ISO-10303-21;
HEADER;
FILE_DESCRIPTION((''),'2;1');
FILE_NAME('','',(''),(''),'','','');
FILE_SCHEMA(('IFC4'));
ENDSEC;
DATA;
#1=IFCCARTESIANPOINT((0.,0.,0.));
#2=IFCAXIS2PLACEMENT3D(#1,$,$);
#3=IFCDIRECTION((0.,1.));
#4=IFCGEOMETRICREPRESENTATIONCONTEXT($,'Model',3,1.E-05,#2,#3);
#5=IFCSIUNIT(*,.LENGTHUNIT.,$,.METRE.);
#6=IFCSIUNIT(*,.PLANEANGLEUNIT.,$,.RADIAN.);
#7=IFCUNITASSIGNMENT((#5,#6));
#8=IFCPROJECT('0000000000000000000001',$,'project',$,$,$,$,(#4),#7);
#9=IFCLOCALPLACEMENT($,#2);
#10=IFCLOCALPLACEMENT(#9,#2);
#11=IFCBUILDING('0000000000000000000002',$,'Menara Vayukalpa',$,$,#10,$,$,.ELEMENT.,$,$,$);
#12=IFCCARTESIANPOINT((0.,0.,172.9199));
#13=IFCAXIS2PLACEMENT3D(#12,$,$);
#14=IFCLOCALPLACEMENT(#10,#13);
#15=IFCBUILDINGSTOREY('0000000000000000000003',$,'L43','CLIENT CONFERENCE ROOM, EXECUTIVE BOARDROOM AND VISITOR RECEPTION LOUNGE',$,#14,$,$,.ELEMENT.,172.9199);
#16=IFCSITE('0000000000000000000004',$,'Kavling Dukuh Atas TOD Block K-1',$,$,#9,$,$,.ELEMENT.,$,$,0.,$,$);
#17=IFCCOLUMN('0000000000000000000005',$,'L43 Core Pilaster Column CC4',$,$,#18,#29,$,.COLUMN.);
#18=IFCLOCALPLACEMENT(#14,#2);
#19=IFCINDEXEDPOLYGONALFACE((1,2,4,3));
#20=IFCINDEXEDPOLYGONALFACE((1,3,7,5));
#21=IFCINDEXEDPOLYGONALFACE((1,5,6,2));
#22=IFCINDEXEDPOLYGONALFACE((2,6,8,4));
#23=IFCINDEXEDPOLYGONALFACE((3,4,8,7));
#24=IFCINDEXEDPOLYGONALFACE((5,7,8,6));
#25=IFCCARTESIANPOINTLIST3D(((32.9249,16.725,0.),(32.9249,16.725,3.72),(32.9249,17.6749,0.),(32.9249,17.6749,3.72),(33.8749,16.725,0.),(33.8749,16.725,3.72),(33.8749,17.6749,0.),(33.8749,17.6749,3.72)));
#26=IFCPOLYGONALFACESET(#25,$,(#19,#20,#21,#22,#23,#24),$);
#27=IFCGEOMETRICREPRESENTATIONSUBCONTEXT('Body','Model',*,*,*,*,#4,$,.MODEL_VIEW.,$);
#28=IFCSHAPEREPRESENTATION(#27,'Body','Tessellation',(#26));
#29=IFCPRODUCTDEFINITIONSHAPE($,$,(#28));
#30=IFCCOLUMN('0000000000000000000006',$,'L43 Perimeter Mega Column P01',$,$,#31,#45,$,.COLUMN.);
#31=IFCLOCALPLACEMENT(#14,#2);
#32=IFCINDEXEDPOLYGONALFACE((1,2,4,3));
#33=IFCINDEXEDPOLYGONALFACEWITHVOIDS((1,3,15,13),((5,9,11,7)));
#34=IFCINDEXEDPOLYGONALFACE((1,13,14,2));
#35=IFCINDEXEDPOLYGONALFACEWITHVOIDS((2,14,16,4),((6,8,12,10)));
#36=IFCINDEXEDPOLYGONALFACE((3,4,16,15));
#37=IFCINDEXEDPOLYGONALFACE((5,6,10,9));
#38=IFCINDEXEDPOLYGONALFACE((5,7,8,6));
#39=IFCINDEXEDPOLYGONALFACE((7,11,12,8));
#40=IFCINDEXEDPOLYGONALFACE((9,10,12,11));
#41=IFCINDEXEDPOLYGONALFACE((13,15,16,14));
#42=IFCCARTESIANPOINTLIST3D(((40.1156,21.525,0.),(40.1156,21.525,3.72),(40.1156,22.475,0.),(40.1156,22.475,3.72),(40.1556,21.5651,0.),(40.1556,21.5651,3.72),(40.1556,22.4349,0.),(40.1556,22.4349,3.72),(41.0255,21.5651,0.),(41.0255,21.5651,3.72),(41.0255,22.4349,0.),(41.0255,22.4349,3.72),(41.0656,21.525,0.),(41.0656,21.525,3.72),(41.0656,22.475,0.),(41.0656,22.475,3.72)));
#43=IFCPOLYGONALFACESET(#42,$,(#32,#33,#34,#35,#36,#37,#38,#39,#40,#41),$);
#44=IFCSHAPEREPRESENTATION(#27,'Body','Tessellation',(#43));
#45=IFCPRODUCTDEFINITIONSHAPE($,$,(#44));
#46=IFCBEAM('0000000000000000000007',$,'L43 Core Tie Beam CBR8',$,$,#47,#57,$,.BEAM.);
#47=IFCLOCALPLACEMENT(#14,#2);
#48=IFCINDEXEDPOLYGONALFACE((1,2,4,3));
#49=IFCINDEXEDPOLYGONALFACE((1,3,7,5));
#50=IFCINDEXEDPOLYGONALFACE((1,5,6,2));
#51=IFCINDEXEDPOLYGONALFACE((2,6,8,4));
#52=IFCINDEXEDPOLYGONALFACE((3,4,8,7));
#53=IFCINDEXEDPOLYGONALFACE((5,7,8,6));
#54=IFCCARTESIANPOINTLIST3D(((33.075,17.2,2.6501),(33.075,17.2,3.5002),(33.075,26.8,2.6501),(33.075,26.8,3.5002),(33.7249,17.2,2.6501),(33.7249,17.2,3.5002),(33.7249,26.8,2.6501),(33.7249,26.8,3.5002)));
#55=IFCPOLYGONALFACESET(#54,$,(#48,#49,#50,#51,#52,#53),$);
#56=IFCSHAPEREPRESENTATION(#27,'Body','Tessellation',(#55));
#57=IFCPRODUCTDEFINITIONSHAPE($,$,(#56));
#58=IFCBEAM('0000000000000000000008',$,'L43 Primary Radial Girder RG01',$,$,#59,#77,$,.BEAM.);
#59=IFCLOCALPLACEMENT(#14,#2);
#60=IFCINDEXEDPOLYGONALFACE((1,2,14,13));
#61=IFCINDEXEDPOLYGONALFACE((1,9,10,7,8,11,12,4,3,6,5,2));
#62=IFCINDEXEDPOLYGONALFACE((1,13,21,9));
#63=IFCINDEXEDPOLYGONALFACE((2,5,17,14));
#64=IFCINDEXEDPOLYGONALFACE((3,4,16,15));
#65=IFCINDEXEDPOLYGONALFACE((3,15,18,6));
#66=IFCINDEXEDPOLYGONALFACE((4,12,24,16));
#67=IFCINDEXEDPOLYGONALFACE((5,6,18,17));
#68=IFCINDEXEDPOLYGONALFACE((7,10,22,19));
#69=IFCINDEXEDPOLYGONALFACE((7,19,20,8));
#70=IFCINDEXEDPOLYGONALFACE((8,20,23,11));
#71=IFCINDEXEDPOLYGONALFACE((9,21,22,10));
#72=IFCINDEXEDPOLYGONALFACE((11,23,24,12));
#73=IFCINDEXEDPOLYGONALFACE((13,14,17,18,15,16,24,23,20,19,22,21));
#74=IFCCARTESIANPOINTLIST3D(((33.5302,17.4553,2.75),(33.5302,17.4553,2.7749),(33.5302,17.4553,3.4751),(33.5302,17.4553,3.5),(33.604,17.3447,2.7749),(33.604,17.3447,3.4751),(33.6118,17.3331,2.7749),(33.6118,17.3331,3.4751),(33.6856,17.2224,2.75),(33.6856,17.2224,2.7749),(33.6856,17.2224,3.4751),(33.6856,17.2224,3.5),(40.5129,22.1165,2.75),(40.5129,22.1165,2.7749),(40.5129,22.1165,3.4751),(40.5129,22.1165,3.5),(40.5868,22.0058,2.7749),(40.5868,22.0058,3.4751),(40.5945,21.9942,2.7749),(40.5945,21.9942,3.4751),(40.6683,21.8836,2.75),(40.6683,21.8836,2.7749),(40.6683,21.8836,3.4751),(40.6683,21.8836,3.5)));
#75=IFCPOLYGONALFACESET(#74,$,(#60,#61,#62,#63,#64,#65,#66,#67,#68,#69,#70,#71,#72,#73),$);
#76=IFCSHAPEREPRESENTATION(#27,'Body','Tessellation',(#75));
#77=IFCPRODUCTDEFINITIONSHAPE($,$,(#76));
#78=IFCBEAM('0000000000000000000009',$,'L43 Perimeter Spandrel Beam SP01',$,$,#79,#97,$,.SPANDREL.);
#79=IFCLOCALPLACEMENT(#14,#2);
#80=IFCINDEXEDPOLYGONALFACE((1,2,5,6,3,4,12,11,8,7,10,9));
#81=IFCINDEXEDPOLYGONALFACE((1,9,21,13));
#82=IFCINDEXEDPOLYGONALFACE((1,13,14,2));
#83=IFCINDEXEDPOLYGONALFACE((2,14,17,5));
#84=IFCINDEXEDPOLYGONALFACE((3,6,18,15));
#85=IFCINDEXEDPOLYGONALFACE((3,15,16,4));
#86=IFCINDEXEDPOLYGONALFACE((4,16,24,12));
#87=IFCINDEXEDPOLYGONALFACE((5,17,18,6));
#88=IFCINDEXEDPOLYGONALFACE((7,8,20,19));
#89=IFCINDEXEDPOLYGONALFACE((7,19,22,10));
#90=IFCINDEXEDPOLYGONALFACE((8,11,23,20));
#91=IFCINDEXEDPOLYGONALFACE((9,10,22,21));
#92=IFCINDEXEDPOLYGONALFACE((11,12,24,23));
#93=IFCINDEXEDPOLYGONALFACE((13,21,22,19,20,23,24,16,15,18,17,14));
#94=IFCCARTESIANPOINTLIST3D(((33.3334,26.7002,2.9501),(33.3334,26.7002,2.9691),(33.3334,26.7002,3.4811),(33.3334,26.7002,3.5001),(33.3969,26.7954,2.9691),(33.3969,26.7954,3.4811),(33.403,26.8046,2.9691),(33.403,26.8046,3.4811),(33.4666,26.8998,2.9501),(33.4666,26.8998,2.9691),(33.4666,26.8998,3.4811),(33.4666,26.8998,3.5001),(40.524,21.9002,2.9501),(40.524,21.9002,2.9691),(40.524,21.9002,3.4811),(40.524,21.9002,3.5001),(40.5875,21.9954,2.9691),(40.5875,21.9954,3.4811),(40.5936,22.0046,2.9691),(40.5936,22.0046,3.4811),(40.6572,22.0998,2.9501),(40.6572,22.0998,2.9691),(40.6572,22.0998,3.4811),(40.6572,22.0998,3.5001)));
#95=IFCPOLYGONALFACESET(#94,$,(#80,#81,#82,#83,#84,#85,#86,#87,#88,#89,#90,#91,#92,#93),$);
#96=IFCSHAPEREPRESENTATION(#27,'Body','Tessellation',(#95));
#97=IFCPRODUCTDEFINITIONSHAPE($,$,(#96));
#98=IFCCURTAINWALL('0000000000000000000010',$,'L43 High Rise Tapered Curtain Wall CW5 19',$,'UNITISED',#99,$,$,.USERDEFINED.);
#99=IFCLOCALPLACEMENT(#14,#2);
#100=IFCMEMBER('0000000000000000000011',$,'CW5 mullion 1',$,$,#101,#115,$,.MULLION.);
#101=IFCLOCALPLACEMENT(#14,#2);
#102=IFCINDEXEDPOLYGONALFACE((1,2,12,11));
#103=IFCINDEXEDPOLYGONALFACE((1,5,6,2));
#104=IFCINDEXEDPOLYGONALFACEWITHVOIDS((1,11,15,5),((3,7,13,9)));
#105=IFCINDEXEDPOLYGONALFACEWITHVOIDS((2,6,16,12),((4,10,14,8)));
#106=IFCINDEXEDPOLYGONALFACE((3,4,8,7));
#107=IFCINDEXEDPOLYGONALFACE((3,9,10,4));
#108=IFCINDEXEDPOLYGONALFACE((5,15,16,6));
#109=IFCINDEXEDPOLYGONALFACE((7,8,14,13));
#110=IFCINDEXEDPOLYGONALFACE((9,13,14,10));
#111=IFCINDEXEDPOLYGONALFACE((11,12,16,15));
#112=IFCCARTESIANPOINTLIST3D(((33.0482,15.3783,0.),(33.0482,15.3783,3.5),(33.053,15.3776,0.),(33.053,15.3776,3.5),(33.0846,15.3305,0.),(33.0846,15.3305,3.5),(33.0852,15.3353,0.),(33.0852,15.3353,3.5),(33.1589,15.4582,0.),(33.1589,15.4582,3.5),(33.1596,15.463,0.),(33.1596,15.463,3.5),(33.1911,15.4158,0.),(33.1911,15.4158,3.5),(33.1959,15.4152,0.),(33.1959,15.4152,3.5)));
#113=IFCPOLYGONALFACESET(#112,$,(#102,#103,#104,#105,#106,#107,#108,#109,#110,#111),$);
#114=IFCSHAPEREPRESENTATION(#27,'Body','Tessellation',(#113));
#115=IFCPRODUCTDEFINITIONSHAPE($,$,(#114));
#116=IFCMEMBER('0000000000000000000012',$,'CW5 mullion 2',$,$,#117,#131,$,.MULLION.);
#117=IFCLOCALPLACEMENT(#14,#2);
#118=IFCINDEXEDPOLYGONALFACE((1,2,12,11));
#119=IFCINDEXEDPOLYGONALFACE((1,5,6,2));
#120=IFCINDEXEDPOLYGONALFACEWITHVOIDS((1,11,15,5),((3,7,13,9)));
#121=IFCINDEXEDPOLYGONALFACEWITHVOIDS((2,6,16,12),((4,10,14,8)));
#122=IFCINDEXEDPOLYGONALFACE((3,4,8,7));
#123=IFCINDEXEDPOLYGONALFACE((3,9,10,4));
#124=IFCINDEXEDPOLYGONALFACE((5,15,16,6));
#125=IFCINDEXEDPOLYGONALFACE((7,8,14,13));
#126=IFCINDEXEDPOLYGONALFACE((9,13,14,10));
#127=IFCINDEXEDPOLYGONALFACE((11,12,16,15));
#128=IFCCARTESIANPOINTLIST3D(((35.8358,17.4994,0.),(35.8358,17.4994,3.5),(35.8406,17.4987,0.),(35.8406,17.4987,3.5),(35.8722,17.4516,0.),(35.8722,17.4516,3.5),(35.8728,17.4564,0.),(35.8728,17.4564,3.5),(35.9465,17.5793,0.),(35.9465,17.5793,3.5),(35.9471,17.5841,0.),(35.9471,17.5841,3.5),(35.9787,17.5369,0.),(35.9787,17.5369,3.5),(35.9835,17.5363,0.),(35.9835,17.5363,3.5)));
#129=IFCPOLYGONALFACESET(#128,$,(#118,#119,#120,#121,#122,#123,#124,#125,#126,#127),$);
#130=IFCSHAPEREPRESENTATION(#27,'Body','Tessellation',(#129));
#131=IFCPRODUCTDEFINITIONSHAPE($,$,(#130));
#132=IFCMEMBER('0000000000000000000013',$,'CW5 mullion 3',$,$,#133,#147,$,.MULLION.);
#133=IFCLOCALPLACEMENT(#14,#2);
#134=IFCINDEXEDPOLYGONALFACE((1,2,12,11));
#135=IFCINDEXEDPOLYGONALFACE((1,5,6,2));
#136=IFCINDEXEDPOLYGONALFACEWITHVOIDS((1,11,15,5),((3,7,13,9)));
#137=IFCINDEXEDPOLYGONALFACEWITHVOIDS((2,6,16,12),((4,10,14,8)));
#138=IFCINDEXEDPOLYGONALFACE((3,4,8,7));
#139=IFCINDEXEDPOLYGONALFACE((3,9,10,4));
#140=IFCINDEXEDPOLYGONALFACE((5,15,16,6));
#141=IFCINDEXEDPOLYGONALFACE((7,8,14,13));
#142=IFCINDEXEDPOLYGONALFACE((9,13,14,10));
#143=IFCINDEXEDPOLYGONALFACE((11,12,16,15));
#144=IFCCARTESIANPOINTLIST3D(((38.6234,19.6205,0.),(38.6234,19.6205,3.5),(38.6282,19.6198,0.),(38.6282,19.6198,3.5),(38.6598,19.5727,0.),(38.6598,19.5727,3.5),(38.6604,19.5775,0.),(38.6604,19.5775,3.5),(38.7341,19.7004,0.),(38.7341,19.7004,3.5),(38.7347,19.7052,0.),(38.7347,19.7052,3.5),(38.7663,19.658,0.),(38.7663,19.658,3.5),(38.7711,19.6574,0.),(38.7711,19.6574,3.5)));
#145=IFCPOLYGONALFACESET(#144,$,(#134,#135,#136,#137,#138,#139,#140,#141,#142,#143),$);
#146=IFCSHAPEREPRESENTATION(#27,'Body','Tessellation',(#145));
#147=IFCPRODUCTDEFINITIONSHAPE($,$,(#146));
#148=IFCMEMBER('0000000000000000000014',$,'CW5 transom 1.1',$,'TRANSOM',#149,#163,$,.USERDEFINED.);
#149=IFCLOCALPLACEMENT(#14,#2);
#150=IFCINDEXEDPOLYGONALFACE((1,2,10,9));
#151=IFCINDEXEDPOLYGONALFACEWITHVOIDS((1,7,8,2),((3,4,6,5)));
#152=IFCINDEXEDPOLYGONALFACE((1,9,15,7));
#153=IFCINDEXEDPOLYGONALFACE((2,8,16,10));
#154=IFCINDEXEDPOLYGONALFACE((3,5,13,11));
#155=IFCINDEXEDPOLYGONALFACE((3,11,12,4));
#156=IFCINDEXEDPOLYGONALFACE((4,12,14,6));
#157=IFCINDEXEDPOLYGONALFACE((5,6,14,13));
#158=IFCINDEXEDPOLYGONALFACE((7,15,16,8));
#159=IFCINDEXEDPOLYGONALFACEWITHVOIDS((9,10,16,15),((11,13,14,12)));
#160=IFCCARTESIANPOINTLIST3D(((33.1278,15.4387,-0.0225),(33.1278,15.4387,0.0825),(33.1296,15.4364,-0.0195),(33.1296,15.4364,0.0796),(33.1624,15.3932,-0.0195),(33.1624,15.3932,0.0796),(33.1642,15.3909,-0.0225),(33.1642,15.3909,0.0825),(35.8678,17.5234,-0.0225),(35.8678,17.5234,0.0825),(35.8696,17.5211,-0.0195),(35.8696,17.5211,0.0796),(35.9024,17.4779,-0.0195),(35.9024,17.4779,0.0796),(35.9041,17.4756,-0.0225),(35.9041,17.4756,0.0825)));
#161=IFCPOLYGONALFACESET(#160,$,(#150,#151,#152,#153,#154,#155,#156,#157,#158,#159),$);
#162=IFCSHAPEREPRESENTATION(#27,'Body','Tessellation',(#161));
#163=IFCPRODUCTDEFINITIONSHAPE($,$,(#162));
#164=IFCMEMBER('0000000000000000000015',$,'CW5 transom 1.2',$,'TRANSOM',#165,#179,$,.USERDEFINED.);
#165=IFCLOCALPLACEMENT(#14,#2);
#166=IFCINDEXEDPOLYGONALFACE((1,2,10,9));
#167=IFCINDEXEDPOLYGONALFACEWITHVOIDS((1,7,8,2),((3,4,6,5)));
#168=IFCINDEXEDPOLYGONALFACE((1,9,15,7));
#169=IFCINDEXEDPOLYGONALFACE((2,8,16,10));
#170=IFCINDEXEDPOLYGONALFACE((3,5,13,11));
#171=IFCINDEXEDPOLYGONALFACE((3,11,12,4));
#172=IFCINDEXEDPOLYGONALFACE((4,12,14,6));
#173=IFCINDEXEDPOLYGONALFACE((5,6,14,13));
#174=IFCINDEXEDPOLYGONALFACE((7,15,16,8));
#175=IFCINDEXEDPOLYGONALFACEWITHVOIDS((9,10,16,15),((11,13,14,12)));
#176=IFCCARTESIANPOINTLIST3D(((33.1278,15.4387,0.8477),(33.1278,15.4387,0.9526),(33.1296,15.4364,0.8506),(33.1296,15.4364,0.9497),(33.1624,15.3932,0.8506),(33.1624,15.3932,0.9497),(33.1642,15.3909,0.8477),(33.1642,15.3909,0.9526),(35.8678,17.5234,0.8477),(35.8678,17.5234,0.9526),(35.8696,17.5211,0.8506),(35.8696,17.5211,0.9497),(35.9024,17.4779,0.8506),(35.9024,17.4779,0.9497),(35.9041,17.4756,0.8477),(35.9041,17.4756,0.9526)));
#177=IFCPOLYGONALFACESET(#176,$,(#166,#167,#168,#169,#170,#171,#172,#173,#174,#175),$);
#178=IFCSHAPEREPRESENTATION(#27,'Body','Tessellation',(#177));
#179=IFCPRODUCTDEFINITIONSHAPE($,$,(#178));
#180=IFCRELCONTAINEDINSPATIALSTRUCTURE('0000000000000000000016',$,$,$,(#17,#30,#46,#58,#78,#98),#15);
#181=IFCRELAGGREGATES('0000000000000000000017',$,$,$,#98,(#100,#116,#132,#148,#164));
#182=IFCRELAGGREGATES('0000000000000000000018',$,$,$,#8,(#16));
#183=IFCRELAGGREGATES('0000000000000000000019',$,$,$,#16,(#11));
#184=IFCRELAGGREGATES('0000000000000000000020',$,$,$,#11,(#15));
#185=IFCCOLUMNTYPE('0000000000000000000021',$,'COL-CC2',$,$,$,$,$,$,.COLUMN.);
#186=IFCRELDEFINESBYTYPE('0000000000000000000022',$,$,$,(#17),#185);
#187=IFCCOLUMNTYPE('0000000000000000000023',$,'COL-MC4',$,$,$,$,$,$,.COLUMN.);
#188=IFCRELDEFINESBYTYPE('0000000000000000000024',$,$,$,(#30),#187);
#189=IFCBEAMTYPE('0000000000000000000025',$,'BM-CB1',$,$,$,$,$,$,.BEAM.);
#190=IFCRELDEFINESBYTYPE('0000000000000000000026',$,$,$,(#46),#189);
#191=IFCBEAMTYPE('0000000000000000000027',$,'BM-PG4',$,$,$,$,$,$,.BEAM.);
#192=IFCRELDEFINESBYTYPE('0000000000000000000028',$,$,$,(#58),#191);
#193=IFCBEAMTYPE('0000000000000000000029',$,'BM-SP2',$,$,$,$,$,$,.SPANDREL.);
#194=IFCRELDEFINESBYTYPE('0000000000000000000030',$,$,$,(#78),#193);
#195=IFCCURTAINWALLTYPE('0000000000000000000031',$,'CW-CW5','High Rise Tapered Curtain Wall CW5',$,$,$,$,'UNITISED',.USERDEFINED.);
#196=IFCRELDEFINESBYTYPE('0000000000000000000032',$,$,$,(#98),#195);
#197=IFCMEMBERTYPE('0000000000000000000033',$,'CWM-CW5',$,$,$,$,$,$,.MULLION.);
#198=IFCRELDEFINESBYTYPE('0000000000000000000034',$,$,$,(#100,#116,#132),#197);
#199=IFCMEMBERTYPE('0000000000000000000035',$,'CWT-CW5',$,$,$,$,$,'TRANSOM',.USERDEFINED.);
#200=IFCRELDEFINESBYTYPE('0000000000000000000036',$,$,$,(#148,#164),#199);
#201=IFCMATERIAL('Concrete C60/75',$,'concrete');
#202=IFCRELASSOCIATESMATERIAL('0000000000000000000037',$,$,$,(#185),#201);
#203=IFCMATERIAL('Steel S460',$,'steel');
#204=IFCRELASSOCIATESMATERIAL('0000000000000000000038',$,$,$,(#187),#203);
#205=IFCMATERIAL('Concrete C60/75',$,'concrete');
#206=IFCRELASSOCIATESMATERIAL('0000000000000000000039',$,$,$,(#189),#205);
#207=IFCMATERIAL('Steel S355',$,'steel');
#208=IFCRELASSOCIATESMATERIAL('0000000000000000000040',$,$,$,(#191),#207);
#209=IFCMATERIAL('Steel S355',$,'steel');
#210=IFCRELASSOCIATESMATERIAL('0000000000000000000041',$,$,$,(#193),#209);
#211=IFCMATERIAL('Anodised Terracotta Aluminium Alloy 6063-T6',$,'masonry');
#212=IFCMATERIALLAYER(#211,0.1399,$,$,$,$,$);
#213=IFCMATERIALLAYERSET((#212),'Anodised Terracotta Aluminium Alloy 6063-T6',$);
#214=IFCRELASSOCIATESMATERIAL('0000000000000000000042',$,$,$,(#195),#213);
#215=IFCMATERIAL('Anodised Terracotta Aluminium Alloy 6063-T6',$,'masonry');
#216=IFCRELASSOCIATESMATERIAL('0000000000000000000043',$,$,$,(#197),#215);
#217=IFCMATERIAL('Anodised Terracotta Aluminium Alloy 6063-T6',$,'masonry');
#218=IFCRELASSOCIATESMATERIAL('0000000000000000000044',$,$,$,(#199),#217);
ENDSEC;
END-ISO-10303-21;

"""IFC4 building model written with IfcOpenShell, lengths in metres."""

from ifc_helpers import new_model, si_unit, direction, frame, origin, origin_2d, place, context, subcontext, project, spatial, rectangle, hollow_rectangle, i_section, extrude, material, layer, layer_set, material_profile, profile_set, type_object, element, aggregate, save


model = new_model("IFC4")

# Units and contexts
model_context = context("Model", 3, precision=1e-05, world=origin(), true_north=direction((0.0, 1.0)))
body_context = subcontext(model_context, "Body", "Model", "MODEL_VIEW")
ifc_project = project(units=[si_unit("LENGTHUNIT", "METRE"), si_unit("PLANEANGLEUNIT", "RADIAN")], contexts=[model_context])

# Site, building, storey
site_placement = place(None, origin())
site = spatial("IfcSite", under=ifc_project, at=site_placement, Name="Kavling Dukuh Atas TOD Block K-1", CompositionType="ELEMENT", RefElevation=0.0)
building_placement = place(site_placement, origin())
building = spatial("IfcBuilding", under=site, at=building_placement, Name="Menara Vayukalpa", CompositionType="ELEMENT")
storey_placement = place(building_placement, frame((0.0, 0.0, 172.9199)))
storey = spatial("IfcBuildingStorey", under=building, at=storey_placement, Name="L43", Description="CLIENT CONFERENCE ROOM, EXECUTIVE BOARDROOM AND VISITOR RECEPTION LOUNGE", CompositionType="ELEMENT", Elevation=172.9199)

# Columns
ifc_material_1 = material(Name="Concrete C60/75", Category="concrete")
ifc_material_profile_1 = material_profile(ifc_material_1, rectangle(XDim=0.95, YDim=0.95, at=origin_2d()), Name="RC 950x950")
ifc_profile_set_1 = profile_set([ifc_material_profile_1], Name="Concrete C60/75")
column_type_1 = type_object("IfcColumnType", Name="COL-CC2", PredefinedType="COLUMN", material=ifc_profile_set_1)
column_1_placement = place(storey_placement, frame((33.3999, 17.2, 0.0), z_axis=(0.0, 0.0, 1.0), x_axis=(1.0, 0.0, 0.0)))
element("IfcColumn", 1, at=column_1_placement, inside=storey, type_object=column_type_1, Name="L43 Core Pilaster Column CC4", PredefinedType="COLUMN", context=body_context, shape_type="SweptSolid", body=[
    extrude(rectangle(XDim=0.95, YDim=0.95, at=origin_2d()), origin(), (0.0, 0.0, 1.0), 3.72),
])
ifc_material_2 = material(Name="Steel S460", Category="steel")
ifc_material_profile_2 = material_profile(ifc_material_2, hollow_rectangle(XDim=0.95, YDim=0.95, WallThickness=0.04, at=origin_2d()), Name="BOX 950x950x40")
ifc_profile_set_2 = profile_set([ifc_material_profile_2], Name="Steel S460")
column_type_2 = type_object("IfcColumnType", Name="COL-MC4", PredefinedType="COLUMN", material=ifc_profile_set_2)
column_2_placement = place(storey_placement, frame((40.5906, 22.0, 0.0), z_axis=(0.0, 0.0, 1.0), x_axis=(1.0, 0.0, 0.0)))
element("IfcColumn", 2, at=column_2_placement, inside=storey, type_object=column_type_2, Name="L43 Perimeter Mega Column P01", PredefinedType="COLUMN", context=body_context, shape_type="SweptSolid", body=[
    extrude(hollow_rectangle(XDim=0.95, YDim=0.95, WallThickness=0.04, at=origin_2d()), origin(), (0.0, 0.0, 1.0), 3.72),
])

# Beams
ifc_material_3 = material(Name="Concrete C60/75", Category="concrete")
ifc_material_profile_3 = material_profile(ifc_material_3, rectangle(XDim=0.6499, YDim=0.8501, at=origin_2d()), Name="RC 650x850")
ifc_profile_set_3 = profile_set([ifc_material_profile_3], Name="Concrete C60/75")
beam_type_1 = type_object("IfcBeamType", Name="BM-CB1", PredefinedType="BEAM", material=ifc_profile_set_3)
beam_1_placement = place(storey_placement, frame((33.3999, 17.2, 3.0752), z_axis=(0.0, 1.0, 0.0), x_axis=(-1.0, 0.0, 0.0)))
element("IfcBeam", 3, at=beam_1_placement, inside=storey, type_object=beam_type_1, Name="L43 Core Tie Beam CBR8", PredefinedType="BEAM", context=body_context, shape_type="SweptSolid", body=[
    extrude(rectangle(XDim=0.6499, YDim=0.8501, at=origin_2d()), origin(), (0.0, 0.0, 1.0), 9.6001),
])
ifc_material_4 = material(Name="Steel S355", Category="steel")
ifc_material_profile_4 = material_profile(ifc_material_4, i_section(OverallWidth=0.28, OverallDepth=0.75, WebThickness=0.0139, FlangeThickness=0.0249, at=origin_2d()), Name="WF 750x280x14x25")
ifc_profile_set_4 = profile_set([ifc_material_profile_4], Name="Steel S355")
beam_type_2 = type_object("IfcBeamType", Name="BM-PG4", PredefinedType="BEAM", material=ifc_profile_set_4)
beam_2_placement = place(storey_placement, frame((33.6079, 17.3389, 3.125), z_axis=(0.831719, 0.555197, 0.0), x_axis=(-0.555197, 0.831719, 0.0)))
element("IfcBeam", 4, at=beam_2_placement, inside=storey, type_object=beam_type_2, Name="L43 Primary Radial Girder RG01", PredefinedType="BEAM", context=body_context, shape_type="SweptSolid", body=[
    extrude(i_section(OverallWidth=0.28, OverallDepth=0.75, WebThickness=0.0139, FlangeThickness=0.0249, at=origin_2d()), origin(), (0.0, 0.0, 1.0), 8.3955),
])
ifc_material_5 = material(Name="Steel S355", Category="steel")
ifc_material_profile_5 = material_profile(ifc_material_5, i_section(OverallWidth=0.24, OverallDepth=0.55, WebThickness=0.011, FlangeThickness=0.019, at=origin_2d()), Name="WF 550x240x11x19")
ifc_profile_set_5 = profile_set([ifc_material_profile_5], Name="Steel S355")
beam_type_3 = type_object("IfcBeamType", Name="BM-SP2", PredefinedType="SPANDREL", material=ifc_profile_set_5)
beam_3_placement = place(storey_placement, frame((40.5906, 22.0, 3.2251), z_axis=(-0.831716, 0.555202, 0.0), x_axis=(-0.555202, -0.831716, 0.0)))
element("IfcBeam", 5, at=beam_3_placement, inside=storey, type_object=beam_type_3, Name="L43 Perimeter Spandrel Beam SP01", PredefinedType="SPANDREL", context=body_context, shape_type="SweptSolid", body=[
    extrude(i_section(OverallWidth=0.24, OverallDepth=0.55, WebThickness=0.011, FlangeThickness=0.019, at=origin_2d()), origin(), (0.0, 0.0, 1.0), 8.6455),
])

# Curtain wall, members
ifc_material_6 = material(Name="Anodised Terracotta Aluminium Alloy 6063-T6", Category="masonry")
ifc_layer_1 = layer(ifc_material_6, 0.1399)
ifc_layer_set_1 = layer_set([ifc_layer_1], Name="Anodised Terracotta Aluminium Alloy 6063-T6")
curtain_wall_type = type_object("IfcCurtainWallType", Name="CW-CW5", Description="High Rise Tapered Curtain Wall CW5", ElementType="UNITISED", PredefinedType="USERDEFINED", material=ifc_layer_set_1)
curtain_wall_placement = place(storey_placement, origin())
curtain_wall = element("IfcCurtainWall", 6, at=curtain_wall_placement, inside=storey, type_object=curtain_wall_type, Name="L43 High Rise Tapered Curtain Wall CW5 19", ObjectType="UNITISED", PredefinedType="USERDEFINED")
ifc_material_7 = material(Name="Anodised Terracotta Aluminium Alloy 6063-T6", Category="masonry")
ifc_material_profile_6 = material_profile(ifc_material_7, hollow_rectangle(XDim=0.0601, YDim=0.1399, WallThickness=0.0034, at=origin_2d()), Name="ALU 60x140x3.5")
ifc_profile_set_6 = profile_set([ifc_material_profile_6], Name="Anodised Terracotta Aluminium Alloy 6063-T6")
member_type_1 = type_object("IfcMemberType", Name="CWM-CW5", PredefinedType="MULLION", material=ifc_profile_set_6)
member_1_placement = place(storey_placement, frame((33.1221, 15.3967, 0.0), z_axis=(0.0, 0.0, 1.0), x_axis=(-0.60554, 0.795815, 0.0)))
member_1 = element("IfcMember", 7, at=member_1_placement, type_object=member_type_1, Name="CW5 mullion 1", PredefinedType="MULLION", context=body_context, shape_type="SweptSolid", body=[
    extrude(hollow_rectangle(XDim=0.0601, YDim=0.1399, WallThickness=0.0034, at=origin_2d()), origin(), (0.0, 0.0, 1.0), 3.5),
])
member_2_placement = place(storey_placement, frame((35.9097, 17.5178, 0.0), z_axis=(0.0, 0.0, 1.0), x_axis=(-0.60554, 0.795815, 0.0)))
member_2 = element("IfcMember", 8, at=member_2_placement, type_object=member_type_1, Name="CW5 mullion 2", PredefinedType="MULLION", context=body_context, shape_type="SweptSolid", body=[
    extrude(hollow_rectangle(XDim=0.0601, YDim=0.1399, WallThickness=0.0034, at=origin_2d()), origin(), (0.0, 0.0, 1.0), 3.5),
])
member_3_placement = place(storey_placement, frame((38.6973, 19.6389, 0.0), z_axis=(0.0, 0.0, 1.0), x_axis=(-0.60554, 0.795815, 0.0)))
member_3 = element("IfcMember", 9, at=member_3_placement, type_object=member_type_1, Name="CW5 mullion 3", PredefinedType="MULLION", context=body_context, shape_type="SweptSolid", body=[
    extrude(hollow_rectangle(XDim=0.0601, YDim=0.1399, WallThickness=0.0034, at=origin_2d()), origin(), (0.0, 0.0, 1.0), 3.5),
])
ifc_material_8 = material(Name="Anodised Terracotta Aluminium Alloy 6063-T6", Category="masonry")
ifc_material_profile_7 = material_profile(ifc_material_8, hollow_rectangle(XDim=0.0601, YDim=0.105, WallThickness=0.0029, at=origin_2d()), Name="ALU 60x105x3")
ifc_profile_set_7 = profile_set([ifc_material_profile_7], Name="Anodised Terracotta Aluminium Alloy 6063-T6")
member_type_2 = type_object("IfcMemberType", Name="CWT-CW5", ElementType="TRANSOM", PredefinedType="USERDEFINED", material=ifc_profile_set_7)
member_4_placement = place(storey_placement, frame((33.146, 15.4148, 0.03), z_axis=(0.795837, 0.605511, 0.0), x_axis=(-0.605511, 0.795837, 0.0)))
member_4 = element("IfcMember", 10, at=member_4_placement, type_object=member_type_2, Name="CW5 transom 1.1", ObjectType="TRANSOM", PredefinedType="USERDEFINED", context=body_context, shape_type="SweptSolid", body=[
    extrude(hollow_rectangle(XDim=0.0601, YDim=0.105, WallThickness=0.0029, at=origin_2d()), origin(), (0.0, 0.0, 1.0), 3.4429),
])
member_5_placement = place(storey_placement, frame((33.146, 15.4148, 0.9001), z_axis=(0.795837, 0.605511, 0.0), x_axis=(-0.605511, 0.795837, 0.0)))
member_5 = element("IfcMember", 11, at=member_5_placement, type_object=member_type_2, Name="CW5 transom 1.2", ObjectType="TRANSOM", PredefinedType="USERDEFINED", context=body_context, shape_type="SweptSolid", body=[
    extrude(hollow_rectangle(XDim=0.0601, YDim=0.105, WallThickness=0.0029, at=origin_2d()), origin(), (0.0, 0.0, 1.0), 3.4429),
])
aggregate(curtain_wall, [member_1, member_2, member_3, member_4, member_5])

save(model, "model.ifc")
